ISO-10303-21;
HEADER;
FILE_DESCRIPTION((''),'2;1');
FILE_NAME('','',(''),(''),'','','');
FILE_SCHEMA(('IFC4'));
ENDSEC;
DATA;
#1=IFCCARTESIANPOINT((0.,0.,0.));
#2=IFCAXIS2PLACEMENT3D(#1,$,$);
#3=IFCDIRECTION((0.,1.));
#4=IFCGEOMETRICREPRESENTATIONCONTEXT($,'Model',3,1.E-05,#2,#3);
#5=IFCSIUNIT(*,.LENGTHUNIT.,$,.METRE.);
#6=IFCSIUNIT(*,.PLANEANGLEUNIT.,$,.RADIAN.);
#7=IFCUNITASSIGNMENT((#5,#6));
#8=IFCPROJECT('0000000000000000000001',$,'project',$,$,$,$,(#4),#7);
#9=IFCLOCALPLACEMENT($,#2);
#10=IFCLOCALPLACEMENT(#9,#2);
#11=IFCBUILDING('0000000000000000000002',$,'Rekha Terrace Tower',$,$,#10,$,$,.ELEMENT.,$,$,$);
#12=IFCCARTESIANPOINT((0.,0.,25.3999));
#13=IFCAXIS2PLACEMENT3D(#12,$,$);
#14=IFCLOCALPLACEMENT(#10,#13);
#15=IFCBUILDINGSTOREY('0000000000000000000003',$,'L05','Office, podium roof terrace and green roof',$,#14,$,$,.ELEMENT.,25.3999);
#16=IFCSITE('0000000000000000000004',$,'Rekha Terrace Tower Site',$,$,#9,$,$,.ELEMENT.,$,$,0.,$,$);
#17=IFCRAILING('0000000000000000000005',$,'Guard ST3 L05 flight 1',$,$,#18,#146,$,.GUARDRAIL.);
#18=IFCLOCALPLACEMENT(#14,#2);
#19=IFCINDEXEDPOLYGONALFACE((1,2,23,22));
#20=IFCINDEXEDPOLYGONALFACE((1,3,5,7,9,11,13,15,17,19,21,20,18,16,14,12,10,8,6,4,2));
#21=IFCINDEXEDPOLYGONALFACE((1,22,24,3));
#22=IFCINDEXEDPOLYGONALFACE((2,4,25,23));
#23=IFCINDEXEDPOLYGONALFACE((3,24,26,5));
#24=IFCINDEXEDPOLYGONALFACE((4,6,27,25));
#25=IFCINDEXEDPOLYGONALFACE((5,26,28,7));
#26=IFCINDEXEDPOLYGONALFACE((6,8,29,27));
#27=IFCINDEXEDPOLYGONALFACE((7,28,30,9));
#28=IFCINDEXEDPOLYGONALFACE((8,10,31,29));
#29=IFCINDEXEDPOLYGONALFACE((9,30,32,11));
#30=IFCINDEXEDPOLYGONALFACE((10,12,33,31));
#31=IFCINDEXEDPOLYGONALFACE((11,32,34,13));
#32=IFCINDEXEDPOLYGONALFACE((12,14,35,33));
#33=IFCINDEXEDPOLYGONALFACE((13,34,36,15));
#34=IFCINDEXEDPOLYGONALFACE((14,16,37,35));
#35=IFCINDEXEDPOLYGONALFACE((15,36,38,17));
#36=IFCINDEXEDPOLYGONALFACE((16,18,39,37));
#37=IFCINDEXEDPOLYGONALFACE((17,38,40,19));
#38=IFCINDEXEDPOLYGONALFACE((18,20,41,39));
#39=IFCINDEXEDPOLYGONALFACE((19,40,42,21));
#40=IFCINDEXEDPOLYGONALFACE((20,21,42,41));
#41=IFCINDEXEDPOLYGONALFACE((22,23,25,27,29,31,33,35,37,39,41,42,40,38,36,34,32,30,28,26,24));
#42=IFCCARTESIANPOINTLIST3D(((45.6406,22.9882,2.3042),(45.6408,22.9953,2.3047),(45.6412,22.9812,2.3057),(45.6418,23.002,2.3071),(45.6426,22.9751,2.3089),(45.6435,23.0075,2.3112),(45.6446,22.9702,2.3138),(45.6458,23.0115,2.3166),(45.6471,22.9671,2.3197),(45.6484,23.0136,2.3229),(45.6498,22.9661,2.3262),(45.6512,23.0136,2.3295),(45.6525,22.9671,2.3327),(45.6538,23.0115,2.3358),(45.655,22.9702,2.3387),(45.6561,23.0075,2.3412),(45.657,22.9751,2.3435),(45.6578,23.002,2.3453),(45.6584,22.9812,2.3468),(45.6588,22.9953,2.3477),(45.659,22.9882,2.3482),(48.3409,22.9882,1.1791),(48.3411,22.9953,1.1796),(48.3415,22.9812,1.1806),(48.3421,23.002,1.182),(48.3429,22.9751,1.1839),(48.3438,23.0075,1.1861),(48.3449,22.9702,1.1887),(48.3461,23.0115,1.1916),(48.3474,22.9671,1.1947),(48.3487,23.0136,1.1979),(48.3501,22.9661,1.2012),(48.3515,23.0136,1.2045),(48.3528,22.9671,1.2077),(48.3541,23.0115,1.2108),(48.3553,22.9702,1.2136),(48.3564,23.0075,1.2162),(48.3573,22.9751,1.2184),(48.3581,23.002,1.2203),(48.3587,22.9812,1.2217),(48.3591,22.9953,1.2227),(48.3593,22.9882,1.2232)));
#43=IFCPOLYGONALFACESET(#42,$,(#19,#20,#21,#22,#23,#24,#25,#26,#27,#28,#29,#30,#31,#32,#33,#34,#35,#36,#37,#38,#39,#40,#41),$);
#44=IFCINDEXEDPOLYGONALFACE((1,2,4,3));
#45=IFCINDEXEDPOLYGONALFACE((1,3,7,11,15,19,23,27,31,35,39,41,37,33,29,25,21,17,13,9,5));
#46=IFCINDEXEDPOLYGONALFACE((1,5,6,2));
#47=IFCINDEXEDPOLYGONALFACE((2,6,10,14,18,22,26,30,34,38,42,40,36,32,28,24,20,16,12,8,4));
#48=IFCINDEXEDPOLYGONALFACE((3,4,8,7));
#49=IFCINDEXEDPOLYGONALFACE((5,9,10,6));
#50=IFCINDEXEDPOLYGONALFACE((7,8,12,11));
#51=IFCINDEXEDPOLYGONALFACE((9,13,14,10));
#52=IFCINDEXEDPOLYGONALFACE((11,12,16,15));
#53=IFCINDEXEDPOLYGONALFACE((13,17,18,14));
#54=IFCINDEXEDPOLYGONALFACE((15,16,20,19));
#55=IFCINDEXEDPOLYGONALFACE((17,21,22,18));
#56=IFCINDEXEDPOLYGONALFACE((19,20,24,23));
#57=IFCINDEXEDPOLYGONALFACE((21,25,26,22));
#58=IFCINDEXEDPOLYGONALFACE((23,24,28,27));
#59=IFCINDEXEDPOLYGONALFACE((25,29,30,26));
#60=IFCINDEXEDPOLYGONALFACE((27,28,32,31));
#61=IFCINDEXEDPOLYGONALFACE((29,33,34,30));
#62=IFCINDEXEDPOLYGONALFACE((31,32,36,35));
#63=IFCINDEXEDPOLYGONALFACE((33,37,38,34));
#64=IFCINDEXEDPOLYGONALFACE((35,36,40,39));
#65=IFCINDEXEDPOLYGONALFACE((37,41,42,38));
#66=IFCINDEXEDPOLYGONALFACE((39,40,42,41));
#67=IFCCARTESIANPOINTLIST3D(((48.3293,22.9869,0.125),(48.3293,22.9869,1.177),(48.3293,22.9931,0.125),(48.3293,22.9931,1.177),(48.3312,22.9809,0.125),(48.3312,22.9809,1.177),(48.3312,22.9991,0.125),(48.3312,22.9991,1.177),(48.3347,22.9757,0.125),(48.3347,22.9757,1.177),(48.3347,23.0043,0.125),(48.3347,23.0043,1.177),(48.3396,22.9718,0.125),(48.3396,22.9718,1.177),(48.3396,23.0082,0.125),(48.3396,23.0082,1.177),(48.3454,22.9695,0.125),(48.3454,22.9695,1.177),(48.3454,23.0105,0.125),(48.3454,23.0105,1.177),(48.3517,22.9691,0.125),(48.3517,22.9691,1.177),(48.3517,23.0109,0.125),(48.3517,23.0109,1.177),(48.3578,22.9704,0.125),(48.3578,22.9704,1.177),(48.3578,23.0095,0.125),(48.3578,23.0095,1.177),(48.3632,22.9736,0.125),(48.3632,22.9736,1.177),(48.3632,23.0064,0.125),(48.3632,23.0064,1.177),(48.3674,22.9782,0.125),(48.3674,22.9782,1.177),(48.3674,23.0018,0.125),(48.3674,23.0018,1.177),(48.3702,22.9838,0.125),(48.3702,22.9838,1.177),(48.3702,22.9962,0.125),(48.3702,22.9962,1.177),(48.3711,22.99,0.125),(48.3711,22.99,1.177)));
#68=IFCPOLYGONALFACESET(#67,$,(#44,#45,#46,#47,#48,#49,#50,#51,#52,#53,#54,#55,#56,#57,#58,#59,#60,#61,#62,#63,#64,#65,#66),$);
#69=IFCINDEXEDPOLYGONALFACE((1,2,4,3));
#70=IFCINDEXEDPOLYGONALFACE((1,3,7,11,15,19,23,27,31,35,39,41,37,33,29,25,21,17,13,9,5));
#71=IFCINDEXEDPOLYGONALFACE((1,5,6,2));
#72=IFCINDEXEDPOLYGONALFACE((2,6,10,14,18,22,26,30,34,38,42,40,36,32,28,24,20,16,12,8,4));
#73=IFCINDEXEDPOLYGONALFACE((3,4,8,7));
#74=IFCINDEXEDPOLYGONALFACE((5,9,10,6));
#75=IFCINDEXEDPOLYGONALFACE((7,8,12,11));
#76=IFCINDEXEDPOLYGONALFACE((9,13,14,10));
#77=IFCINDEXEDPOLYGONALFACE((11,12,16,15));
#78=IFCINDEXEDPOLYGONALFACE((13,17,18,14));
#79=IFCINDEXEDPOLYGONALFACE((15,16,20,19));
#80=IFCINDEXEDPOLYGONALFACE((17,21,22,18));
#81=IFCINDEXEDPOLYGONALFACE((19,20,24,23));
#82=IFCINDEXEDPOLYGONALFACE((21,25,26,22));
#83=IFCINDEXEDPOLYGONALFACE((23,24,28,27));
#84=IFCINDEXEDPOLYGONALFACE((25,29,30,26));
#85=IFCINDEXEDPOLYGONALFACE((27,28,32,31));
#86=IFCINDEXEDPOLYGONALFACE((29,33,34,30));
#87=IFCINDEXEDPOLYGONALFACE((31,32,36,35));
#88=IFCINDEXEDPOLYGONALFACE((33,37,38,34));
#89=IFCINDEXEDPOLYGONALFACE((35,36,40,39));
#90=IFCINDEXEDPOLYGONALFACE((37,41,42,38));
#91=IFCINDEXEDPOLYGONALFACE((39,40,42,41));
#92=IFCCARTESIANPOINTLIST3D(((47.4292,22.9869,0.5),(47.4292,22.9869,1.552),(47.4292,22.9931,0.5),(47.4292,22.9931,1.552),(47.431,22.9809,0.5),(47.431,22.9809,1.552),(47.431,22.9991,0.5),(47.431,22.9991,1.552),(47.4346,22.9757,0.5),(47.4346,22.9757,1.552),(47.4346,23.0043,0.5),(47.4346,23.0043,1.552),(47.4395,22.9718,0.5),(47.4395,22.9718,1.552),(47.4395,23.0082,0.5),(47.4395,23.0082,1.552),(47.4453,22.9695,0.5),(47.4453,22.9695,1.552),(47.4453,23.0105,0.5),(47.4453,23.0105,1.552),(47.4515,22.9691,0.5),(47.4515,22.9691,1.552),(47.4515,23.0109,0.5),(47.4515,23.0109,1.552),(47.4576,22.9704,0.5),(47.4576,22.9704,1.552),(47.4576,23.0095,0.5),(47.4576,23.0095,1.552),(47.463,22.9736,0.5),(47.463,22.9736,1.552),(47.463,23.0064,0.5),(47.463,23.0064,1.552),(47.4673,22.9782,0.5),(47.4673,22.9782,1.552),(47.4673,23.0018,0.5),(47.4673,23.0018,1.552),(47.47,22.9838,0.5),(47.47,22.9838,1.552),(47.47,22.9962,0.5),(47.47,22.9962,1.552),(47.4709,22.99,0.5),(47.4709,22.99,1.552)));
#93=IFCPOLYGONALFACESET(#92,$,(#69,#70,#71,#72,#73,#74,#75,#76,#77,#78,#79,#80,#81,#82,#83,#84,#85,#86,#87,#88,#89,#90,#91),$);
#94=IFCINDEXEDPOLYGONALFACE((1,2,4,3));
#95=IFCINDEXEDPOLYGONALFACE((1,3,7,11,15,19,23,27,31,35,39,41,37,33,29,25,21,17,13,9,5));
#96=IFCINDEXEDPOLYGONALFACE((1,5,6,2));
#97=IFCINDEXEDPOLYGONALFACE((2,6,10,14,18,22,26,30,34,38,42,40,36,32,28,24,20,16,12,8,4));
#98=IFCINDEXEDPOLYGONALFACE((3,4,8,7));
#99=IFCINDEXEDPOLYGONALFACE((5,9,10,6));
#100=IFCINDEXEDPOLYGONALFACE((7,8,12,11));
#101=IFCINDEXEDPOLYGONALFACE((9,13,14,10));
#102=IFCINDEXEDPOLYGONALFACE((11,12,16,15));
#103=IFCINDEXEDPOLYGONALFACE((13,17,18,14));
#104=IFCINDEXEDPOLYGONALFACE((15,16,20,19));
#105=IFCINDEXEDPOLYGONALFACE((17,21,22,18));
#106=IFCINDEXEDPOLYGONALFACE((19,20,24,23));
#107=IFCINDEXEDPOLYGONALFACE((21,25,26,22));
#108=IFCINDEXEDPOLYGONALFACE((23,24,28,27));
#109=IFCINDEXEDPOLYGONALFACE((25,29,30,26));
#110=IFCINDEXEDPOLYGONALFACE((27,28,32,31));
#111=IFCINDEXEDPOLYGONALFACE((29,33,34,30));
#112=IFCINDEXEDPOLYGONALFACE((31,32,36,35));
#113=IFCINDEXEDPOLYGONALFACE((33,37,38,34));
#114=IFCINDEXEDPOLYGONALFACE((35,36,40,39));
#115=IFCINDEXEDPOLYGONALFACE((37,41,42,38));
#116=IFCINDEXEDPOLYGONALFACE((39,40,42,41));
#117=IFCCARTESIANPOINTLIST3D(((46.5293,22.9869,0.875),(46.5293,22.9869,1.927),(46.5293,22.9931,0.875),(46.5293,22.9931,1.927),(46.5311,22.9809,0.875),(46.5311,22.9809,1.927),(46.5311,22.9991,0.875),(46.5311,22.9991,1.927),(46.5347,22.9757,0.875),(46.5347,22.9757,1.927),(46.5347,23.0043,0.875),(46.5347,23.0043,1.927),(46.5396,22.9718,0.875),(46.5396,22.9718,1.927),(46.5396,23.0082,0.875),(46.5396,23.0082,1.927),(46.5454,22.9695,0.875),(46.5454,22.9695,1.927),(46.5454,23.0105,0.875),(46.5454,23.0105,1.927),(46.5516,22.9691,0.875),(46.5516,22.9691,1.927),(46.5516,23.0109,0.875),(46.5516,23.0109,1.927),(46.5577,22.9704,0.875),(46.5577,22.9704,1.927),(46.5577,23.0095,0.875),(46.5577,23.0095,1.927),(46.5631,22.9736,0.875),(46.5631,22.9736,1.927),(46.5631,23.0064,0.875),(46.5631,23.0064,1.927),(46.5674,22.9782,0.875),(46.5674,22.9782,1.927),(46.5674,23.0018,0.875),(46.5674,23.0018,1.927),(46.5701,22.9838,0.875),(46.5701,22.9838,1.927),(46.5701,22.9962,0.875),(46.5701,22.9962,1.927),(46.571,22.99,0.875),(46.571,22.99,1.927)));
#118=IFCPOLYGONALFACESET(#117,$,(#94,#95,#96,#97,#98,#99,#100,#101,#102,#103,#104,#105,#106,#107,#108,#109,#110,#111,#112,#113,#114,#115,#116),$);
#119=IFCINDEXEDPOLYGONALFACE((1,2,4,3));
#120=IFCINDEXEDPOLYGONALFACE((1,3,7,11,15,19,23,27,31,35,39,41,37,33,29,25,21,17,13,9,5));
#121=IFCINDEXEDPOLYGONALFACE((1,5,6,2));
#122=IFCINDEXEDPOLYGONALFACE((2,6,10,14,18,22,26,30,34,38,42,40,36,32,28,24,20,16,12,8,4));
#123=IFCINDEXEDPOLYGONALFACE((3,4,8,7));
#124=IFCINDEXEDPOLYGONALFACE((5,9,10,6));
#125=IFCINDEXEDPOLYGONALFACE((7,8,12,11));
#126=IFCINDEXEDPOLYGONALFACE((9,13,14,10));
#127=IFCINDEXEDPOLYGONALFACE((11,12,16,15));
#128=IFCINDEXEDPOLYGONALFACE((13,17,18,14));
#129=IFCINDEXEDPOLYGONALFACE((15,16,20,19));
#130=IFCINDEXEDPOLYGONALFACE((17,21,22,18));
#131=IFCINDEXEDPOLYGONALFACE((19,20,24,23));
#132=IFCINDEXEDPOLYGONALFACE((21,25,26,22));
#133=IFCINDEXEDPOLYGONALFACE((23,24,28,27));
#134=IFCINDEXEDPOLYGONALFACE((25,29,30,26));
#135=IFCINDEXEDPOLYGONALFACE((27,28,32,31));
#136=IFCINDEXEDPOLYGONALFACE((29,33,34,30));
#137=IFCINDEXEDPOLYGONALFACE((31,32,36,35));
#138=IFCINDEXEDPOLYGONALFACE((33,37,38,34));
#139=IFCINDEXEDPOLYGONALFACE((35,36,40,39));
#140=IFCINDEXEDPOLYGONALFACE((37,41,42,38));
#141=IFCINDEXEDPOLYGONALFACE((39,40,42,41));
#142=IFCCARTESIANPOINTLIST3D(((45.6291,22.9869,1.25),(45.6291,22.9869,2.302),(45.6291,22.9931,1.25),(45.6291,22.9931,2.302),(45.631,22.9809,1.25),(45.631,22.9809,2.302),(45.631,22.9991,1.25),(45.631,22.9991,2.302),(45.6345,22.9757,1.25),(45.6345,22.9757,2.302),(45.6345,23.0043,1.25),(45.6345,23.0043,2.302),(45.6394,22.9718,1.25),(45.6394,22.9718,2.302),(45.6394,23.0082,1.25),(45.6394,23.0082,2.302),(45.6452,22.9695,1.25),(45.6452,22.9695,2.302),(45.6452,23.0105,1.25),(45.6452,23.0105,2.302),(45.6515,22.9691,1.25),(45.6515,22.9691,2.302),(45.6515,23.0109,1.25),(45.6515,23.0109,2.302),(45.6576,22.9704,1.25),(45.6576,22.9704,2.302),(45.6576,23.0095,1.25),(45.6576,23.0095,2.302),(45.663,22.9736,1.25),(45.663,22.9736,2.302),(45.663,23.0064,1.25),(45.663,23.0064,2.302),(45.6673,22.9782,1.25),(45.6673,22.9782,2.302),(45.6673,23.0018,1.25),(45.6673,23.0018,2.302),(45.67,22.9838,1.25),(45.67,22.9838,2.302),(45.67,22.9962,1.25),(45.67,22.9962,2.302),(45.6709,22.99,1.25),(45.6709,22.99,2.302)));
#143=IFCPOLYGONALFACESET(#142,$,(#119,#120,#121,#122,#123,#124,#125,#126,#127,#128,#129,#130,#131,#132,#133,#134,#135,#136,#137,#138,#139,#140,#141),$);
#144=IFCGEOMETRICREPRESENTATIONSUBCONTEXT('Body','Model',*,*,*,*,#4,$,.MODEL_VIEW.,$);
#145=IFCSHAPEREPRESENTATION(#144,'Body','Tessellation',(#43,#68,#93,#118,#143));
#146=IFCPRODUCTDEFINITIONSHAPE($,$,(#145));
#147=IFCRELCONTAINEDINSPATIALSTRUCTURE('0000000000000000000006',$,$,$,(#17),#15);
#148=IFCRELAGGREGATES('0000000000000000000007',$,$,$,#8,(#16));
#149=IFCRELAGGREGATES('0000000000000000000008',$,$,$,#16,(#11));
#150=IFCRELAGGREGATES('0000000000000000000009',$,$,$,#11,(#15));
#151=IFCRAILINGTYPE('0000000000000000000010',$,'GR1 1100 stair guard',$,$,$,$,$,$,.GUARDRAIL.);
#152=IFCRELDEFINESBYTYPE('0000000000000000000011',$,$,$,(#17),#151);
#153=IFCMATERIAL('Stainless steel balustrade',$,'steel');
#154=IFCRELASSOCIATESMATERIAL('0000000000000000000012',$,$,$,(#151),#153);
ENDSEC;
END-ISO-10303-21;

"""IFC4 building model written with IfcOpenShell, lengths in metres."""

from ifc_helpers import new_model, si_unit, direction, frame, origin, origin_2d, place, context, subcontext, project, spatial, circle, extrude, material, type_object, element, save


model = new_model("IFC4")

# Units and contexts
model_context = context("Model", 3, precision=1e-05, world=origin(), true_north=direction((0.0, 1.0)))
body_context = subcontext(model_context, "Body", "Model", "MODEL_VIEW")
ifc_project = project(units=[si_unit("LENGTHUNIT", "METRE"), si_unit("PLANEANGLEUNIT", "RADIAN")], contexts=[model_context])

# Site, building, storey
site_placement = place(None, origin())
site = spatial("IfcSite", under=ifc_project, at=site_placement, Name="Rekha Terrace Tower Site", CompositionType="ELEMENT", RefElevation=0.0)
building_placement = place(site_placement, origin())
building = spatial("IfcBuilding", under=site, at=building_placement, Name="Rekha Terrace Tower", CompositionType="ELEMENT")
storey_placement = place(building_placement, frame((0.0, 0.0, 25.3999)))
storey = spatial("IfcBuildingStorey", under=building, at=storey_placement, Name="L05", Description="Office, podium roof terrace and green roof", CompositionType="ELEMENT", Elevation=25.3999)

# Railing
ifc_material_1 = material(Name="Stainless steel balustrade", Category="steel")
railing_type_1 = type_object("IfcRailingType", Name="GR1 1100 stair guard", PredefinedType="GUARDRAIL", material=ifc_material_1)
railing_1_placement = place(storey_placement, frame((48.3501, 22.99, 0.125)))
element("IfcRailing", 1, at=railing_1_placement, inside=storey, type_object=railing_type_1, Name="Guard ST3 L05 flight 1", PredefinedType="GUARDRAIL", context=body_context, shape_type="SweptSolid", body=[
    extrude(circle(Radius=0.0239, at=origin_2d()), frame((0.0, 0.0, 1.0762), z_axis=(-0.923087, 0.0, 0.384592), x_axis=(0.0, -1.0, 0.0)), (0.0, 0.0, 1.0), 2.9253),
    extrude(circle(Radius=0.021, at=origin_2d()), origin(), (0.0, 0.0, 1.0), 1.052),
    extrude(circle(Radius=0.021, at=origin_2d()), frame((-0.9001, 0.0, 0.375)), (0.0, 0.0, 1.0), 1.052),
    extrude(circle(Radius=0.021, at=origin_2d()), frame((-1.8, 0.0, 0.75)), (0.0, 0.0, 1.0), 1.052),
    extrude(circle(Radius=0.021, at=origin_2d()), frame((-2.7002, 0.0, 1.125)), (0.0, 0.0, 1.0), 1.052),
])

save(model, "model.ifc")
